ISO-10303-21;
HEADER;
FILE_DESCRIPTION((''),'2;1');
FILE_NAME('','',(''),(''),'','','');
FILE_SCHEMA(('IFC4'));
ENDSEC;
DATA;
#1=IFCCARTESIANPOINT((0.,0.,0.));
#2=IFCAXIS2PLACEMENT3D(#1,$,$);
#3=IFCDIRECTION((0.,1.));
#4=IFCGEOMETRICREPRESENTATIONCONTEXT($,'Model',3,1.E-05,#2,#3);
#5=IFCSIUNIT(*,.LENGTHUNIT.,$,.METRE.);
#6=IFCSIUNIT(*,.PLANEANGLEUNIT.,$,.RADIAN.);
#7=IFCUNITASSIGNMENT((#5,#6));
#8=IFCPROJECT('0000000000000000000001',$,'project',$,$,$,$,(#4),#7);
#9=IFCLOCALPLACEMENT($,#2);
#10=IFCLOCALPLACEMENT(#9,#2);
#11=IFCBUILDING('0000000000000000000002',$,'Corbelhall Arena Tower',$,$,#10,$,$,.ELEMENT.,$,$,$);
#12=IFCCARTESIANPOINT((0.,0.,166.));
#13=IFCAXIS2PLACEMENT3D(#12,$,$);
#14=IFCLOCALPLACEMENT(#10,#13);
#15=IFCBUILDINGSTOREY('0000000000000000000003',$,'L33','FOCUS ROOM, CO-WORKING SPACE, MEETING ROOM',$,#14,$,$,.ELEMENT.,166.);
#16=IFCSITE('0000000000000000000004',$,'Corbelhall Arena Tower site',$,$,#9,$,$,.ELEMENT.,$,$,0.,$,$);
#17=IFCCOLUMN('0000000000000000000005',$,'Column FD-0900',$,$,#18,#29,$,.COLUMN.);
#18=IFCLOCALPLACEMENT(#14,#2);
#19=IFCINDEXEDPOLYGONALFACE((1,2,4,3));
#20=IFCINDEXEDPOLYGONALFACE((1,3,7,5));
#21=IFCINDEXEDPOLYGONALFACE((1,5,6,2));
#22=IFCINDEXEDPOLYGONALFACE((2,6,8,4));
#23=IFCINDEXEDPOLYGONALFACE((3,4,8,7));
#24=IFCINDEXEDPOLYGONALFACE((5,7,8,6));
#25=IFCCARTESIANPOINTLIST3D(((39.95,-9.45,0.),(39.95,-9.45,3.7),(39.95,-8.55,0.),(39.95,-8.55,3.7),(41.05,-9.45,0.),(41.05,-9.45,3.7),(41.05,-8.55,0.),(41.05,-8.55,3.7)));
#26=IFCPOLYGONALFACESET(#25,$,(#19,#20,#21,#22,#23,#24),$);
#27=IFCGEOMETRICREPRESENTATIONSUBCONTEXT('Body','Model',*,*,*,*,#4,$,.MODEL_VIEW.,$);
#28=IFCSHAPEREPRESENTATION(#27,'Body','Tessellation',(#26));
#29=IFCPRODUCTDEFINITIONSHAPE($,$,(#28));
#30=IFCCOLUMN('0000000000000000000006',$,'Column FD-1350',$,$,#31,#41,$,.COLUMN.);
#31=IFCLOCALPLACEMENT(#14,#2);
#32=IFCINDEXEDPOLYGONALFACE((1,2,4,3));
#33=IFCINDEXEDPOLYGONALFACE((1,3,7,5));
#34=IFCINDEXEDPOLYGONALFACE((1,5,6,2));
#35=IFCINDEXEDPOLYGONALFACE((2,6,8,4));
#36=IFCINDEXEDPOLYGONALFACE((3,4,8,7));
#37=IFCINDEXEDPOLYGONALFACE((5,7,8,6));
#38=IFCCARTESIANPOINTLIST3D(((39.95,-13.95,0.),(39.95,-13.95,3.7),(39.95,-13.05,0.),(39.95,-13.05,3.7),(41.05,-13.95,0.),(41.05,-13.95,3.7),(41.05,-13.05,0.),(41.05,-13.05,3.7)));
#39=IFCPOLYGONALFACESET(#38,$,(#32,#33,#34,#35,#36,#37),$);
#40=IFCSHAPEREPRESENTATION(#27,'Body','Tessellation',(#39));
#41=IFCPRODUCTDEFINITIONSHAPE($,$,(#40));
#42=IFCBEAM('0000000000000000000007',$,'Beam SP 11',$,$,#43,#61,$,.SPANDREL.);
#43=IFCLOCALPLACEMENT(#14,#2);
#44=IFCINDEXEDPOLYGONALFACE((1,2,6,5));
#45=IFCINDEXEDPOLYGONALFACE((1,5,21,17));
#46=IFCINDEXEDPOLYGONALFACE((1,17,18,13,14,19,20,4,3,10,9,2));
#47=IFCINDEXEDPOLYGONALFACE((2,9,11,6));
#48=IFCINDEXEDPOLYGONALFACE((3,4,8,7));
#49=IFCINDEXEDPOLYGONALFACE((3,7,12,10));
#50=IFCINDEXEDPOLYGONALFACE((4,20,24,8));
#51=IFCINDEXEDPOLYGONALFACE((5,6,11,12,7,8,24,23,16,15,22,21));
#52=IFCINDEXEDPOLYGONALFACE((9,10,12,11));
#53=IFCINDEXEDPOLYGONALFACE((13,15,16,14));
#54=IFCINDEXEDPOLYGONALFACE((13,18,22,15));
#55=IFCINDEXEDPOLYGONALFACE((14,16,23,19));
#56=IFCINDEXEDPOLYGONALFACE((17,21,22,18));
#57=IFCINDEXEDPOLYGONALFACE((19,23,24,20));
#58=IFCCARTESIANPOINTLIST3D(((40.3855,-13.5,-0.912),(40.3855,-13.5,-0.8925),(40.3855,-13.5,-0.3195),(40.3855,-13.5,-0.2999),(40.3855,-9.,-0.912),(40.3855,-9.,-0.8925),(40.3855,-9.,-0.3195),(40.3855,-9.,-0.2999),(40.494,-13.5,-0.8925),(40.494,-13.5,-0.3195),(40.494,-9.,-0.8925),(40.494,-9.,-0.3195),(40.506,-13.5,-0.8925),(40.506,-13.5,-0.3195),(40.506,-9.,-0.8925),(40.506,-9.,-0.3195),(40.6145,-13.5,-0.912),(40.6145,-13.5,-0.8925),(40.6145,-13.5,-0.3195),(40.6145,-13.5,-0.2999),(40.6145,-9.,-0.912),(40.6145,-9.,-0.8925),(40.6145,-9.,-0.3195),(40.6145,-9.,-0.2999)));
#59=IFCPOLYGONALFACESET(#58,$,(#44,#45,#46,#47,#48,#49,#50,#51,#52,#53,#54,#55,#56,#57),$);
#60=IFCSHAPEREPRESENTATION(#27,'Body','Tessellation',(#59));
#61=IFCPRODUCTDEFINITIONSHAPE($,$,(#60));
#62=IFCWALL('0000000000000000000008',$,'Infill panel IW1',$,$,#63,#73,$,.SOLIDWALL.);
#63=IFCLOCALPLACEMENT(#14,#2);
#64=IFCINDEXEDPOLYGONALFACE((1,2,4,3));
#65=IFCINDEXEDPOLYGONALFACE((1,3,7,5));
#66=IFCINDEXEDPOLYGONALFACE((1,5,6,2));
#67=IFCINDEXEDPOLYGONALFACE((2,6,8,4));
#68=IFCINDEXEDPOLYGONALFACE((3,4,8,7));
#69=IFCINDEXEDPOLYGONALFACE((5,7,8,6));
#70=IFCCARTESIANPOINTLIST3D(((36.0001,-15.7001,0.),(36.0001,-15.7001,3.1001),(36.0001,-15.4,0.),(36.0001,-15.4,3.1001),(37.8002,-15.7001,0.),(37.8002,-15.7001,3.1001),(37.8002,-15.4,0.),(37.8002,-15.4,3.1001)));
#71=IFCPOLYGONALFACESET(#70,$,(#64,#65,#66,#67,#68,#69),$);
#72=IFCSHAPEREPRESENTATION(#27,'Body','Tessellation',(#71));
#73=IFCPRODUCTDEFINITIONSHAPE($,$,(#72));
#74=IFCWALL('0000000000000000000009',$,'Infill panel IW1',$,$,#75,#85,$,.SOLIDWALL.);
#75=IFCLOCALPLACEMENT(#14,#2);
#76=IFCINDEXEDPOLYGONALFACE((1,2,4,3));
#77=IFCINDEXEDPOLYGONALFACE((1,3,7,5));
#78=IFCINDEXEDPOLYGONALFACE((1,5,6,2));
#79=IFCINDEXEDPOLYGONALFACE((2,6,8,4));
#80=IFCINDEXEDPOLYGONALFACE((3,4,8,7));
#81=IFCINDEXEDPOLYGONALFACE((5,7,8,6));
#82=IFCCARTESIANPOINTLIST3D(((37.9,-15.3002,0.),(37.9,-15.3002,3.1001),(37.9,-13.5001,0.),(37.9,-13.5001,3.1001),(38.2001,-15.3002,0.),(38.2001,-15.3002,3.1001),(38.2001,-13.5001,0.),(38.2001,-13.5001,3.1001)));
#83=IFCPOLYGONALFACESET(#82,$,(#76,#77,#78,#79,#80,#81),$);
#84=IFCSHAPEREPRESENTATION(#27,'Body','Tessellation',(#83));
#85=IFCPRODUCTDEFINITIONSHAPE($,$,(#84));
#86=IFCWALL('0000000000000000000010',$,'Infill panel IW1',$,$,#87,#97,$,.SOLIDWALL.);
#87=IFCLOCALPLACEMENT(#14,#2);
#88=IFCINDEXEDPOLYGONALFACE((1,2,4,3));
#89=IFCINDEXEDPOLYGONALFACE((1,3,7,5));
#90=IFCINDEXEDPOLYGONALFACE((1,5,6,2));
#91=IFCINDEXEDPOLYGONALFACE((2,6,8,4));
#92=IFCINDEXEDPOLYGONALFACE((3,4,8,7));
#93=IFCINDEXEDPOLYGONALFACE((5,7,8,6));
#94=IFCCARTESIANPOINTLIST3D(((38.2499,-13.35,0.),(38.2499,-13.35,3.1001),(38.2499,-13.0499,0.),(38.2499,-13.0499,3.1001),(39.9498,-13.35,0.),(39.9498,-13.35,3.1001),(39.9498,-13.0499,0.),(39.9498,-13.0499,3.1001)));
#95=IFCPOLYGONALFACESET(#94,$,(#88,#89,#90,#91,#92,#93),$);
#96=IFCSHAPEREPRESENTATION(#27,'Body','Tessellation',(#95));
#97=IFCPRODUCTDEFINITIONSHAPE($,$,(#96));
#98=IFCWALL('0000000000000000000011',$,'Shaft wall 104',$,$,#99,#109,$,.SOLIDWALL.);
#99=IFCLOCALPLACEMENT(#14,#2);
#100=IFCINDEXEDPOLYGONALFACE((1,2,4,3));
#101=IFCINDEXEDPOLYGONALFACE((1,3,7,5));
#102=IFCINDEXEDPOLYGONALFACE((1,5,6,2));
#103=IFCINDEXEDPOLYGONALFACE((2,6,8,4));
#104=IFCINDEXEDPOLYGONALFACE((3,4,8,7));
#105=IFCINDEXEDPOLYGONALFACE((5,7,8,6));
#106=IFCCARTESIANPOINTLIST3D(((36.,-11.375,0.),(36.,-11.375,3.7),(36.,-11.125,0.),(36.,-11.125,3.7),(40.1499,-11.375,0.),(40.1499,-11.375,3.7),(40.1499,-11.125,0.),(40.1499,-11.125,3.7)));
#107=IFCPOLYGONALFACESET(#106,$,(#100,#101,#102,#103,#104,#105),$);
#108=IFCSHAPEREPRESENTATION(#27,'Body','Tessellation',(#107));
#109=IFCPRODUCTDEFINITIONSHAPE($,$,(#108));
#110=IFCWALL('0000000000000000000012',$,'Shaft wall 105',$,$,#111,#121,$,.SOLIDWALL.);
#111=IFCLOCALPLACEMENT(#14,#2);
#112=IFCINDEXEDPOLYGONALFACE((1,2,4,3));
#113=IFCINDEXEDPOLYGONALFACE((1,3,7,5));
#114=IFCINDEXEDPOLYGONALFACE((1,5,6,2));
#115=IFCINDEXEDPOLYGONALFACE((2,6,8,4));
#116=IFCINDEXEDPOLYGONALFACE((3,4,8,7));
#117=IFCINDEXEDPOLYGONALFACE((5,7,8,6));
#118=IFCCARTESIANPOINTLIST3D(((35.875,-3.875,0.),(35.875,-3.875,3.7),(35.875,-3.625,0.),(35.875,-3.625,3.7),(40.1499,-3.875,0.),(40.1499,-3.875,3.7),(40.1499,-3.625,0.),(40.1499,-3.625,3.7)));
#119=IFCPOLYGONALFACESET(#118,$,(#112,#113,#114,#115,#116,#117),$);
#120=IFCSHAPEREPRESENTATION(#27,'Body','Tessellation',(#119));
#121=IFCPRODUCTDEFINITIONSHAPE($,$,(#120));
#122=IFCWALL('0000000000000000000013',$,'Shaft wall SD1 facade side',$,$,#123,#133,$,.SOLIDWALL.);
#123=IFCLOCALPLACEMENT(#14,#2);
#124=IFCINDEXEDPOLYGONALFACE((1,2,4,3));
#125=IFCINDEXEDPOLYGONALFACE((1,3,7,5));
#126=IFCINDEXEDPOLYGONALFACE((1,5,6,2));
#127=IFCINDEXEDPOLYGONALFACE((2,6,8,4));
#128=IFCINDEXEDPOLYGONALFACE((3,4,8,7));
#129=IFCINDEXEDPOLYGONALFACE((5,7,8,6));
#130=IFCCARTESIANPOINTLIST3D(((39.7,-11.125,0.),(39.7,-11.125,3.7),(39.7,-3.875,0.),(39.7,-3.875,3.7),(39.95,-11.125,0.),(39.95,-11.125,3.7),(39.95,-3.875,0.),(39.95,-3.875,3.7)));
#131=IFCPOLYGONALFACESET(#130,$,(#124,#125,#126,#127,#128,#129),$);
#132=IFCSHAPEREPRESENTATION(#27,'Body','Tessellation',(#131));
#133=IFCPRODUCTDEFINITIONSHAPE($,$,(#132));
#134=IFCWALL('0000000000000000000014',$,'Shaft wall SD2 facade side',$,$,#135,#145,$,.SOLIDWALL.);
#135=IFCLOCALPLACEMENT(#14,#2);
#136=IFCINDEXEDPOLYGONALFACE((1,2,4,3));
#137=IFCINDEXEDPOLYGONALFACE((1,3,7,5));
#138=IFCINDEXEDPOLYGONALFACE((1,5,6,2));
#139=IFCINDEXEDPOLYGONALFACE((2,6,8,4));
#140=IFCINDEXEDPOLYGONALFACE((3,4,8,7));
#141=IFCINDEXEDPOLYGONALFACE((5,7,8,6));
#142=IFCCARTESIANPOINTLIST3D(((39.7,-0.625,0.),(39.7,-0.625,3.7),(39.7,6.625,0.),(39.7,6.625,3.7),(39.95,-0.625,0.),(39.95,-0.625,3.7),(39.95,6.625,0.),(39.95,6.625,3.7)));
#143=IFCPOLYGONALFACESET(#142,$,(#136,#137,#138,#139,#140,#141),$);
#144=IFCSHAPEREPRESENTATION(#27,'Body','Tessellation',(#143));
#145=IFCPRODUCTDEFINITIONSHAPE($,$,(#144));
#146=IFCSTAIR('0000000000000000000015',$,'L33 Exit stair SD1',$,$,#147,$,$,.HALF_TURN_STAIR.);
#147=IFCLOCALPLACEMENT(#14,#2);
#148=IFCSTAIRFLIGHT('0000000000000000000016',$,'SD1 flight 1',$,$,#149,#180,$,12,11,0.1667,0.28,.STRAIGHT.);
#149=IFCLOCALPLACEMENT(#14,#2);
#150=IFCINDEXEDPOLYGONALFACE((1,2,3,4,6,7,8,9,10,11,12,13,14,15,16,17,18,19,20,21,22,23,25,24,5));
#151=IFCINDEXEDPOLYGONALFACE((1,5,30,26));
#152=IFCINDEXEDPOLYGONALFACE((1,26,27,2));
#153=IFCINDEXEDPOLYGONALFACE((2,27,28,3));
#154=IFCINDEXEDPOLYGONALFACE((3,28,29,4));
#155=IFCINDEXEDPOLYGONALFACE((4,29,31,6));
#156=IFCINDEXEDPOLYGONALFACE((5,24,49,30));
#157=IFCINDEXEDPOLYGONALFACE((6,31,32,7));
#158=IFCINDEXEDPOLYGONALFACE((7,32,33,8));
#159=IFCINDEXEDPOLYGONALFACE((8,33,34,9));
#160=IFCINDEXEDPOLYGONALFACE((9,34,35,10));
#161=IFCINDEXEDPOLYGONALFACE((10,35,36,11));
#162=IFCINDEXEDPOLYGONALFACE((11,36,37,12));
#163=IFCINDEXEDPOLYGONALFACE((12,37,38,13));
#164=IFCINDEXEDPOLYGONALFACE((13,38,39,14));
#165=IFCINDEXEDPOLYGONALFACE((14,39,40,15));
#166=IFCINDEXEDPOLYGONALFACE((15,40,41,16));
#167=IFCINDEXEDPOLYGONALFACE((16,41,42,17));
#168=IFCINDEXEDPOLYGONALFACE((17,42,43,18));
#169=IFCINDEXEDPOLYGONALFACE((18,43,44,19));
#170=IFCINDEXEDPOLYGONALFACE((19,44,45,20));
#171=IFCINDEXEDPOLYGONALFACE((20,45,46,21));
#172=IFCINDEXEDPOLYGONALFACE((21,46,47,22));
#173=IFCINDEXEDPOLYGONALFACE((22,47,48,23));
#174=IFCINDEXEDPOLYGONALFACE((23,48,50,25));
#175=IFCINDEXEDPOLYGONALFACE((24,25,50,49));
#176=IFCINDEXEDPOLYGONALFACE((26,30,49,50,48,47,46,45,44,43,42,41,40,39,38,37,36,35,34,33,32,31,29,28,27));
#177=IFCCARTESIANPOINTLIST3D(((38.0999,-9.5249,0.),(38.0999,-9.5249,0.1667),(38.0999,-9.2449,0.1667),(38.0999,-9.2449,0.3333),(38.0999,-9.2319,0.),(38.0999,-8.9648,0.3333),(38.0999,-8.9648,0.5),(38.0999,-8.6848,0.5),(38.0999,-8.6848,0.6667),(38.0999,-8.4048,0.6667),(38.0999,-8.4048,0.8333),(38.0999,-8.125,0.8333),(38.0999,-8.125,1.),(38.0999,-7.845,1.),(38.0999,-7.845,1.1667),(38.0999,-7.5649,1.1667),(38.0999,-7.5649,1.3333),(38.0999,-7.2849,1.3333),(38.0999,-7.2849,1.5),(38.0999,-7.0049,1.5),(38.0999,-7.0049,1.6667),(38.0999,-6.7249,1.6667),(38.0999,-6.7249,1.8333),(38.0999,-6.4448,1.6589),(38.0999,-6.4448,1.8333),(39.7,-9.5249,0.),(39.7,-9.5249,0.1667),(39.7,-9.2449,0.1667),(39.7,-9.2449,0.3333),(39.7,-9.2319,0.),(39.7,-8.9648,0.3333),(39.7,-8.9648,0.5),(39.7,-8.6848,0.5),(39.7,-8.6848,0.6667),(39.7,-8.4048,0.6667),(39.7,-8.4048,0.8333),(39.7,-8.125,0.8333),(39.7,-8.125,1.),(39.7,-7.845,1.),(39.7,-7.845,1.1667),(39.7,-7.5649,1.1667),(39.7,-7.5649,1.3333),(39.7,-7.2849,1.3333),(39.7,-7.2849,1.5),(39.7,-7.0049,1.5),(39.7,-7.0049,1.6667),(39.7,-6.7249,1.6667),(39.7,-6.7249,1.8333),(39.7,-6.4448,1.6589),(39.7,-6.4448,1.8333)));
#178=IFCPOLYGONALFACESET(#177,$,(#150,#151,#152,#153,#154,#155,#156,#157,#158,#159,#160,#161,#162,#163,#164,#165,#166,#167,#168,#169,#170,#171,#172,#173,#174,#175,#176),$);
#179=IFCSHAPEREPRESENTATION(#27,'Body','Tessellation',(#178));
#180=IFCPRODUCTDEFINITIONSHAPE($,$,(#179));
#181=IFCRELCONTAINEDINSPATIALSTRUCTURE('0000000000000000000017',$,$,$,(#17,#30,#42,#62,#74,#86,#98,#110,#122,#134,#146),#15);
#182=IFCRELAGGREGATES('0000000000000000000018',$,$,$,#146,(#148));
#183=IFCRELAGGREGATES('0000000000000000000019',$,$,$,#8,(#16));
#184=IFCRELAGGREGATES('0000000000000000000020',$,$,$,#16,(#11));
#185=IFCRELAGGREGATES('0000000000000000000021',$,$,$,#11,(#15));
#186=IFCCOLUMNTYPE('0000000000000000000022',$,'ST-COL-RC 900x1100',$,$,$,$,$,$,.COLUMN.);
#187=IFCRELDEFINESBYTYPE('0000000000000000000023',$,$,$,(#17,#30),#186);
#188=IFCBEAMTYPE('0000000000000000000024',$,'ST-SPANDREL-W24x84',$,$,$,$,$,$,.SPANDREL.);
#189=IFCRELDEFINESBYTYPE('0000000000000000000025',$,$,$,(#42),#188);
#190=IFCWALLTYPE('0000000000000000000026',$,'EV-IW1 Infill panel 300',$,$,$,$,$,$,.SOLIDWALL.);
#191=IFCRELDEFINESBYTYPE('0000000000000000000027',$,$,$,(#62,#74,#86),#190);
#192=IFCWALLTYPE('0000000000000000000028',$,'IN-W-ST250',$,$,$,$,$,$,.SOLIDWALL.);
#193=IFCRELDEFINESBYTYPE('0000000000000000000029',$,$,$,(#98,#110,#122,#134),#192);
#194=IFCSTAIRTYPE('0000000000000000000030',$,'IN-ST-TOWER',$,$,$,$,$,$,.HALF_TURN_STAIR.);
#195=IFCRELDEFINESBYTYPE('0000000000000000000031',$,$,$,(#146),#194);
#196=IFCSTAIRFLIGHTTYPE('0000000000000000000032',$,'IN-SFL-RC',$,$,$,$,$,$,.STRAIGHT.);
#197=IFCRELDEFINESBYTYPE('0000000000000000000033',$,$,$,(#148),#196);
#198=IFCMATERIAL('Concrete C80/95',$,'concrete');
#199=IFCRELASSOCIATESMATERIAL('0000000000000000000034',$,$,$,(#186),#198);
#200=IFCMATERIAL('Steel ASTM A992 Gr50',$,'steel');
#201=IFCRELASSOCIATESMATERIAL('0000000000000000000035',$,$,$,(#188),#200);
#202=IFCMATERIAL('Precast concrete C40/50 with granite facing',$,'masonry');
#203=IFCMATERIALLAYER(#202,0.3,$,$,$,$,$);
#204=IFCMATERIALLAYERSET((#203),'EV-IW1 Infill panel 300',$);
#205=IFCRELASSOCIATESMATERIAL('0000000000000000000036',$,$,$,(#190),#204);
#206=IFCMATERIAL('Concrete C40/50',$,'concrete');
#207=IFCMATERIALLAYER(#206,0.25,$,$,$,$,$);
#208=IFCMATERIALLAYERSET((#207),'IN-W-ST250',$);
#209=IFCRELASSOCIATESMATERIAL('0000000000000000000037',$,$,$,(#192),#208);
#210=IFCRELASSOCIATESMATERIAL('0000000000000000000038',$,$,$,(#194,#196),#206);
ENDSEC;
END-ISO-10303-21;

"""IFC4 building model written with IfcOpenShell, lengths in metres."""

from ifc_helpers import new_model, si_unit, direction, frame, frame_2d, origin, origin_2d, place, context, subcontext, project, spatial, polyline, rectangle, i_section, outline, extrude, material, layer, layer_set, material_profile, profile_set, type_object, element, aggregate, save


model = new_model("IFC4")

# Units and contexts
model_context = context("Model", 3, precision=1e-05, world=origin(), true_north=direction((0.0, 1.0)))
body_context = subcontext(model_context, "Body", "Model", "MODEL_VIEW")
ifc_project = project(units=[si_unit("LENGTHUNIT", "METRE"), si_unit("PLANEANGLEUNIT", "RADIAN")], contexts=[model_context])

# Site, building, storey
site_placement = place(None, origin())
site = spatial("IfcSite", under=ifc_project, at=site_placement, Name="Corbelhall Arena Tower site", CompositionType="ELEMENT", RefElevation=0.0)
building_placement = place(site_placement, origin())
building = spatial("IfcBuilding", under=site, at=building_placement, Name="Corbelhall Arena Tower", CompositionType="ELEMENT")
storey_placement = place(building_placement, frame((0.0, 0.0, 166.0)))
storey = spatial("IfcBuildingStorey", under=building, at=storey_placement, Name="L33", Description="FOCUS ROOM, CO-WORKING SPACE, MEETING ROOM", CompositionType="ELEMENT", Elevation=166.0)

# Columns
ifc_material_1 = material(Name="Concrete C80/95", Category="concrete")
ifc_material_profile_1 = material_profile(ifc_material_1, rectangle(XDim=0.8999, YDim=1.1001, at=origin_2d()))
ifc_profile_set_1 = profile_set([ifc_material_profile_1], Name="Concrete C80/95")
column_type = type_object("IfcColumnType", Name="ST-COL-RC 900x1100", PredefinedType="COLUMN", material=ifc_profile_set_1)
for number, where, z_axis, x_axis, name in (
    (1, (40.5, -9.0, 0.0), (0.0, 0.0, 1.0), (0.0, 1.0, 0.0), "Column FD-0900"),
    (2, (40.5, -13.5, 0.0), (0.0, 0.0, 1.0), (0.0, 1.0, 0.0), "Column FD-1350"),
):
    element("IfcColumn", number, at=place(storey_placement, frame(where, z_axis=z_axis, x_axis=x_axis)), inside=storey, type_object=column_type, Name=name, PredefinedType="COLUMN", context=body_context, shape_type="SweptSolid", body=[
        extrude(rectangle(XDim=0.8999, YDim=1.1001, at=origin_2d()), origin(), (0.0, 0.0, 1.0), 3.7),
    ])

# Beam
ifc_material_2 = material(Name="Steel ASTM A992 Gr50", Category="steel")
ifc_material_profile_2 = material_profile(ifc_material_2, i_section(OverallWidth=0.229, OverallDepth=0.6121, WebThickness=0.012, FlangeThickness=0.0195, at=origin_2d()))
ifc_profile_set_2 = profile_set([ifc_material_profile_2], Name="Steel ASTM A992 Gr50")
beam_type = type_object("IfcBeamType", Name="ST-SPANDREL-W24x84", PredefinedType="SPANDREL", material=ifc_profile_set_2)
beam_placement = place(storey_placement, frame((40.5, -9.0, -0.606), z_axis=(0.0, -1.0, 0.0), x_axis=(1.0, 0.0, 0.0)))
element("IfcBeam", 3, at=beam_placement, inside=storey, type_object=beam_type, Name="Beam SP 11", PredefinedType="SPANDREL", context=body_context, shape_type="SweptSolid", body=[
    extrude(i_section(OverallWidth=0.229, OverallDepth=0.6121, WebThickness=0.012, FlangeThickness=0.0195, at=origin_2d()), origin(), (0.0, 0.0, 1.0), 4.5),
])

# Walls
ifc_material_3 = material(Name="Precast concrete C40/50 with granite facing", Category="masonry")
ifc_layer_1 = layer(ifc_material_3, 0.3)
ifc_layer_set_1 = layer_set([ifc_layer_1], Name="EV-IW1 Infill panel 300")
wall_type_1 = type_object("IfcWallType", Name="EV-IW1 Infill panel 300", PredefinedType="SOLIDWALL", material=ifc_layer_set_1)
for number, where, z_axis, x_axis, name in (
    (4, (37.8, -15.55, 0.0), (0.0, 0.0, 1.0), (-1.0, 0.0, 0.0), "Infill panel IW1"),
    (5, (38.05, -15.3, 0.0), (0.0, 0.0, 1.0), (0.0, 1.0, 0.0), "Infill panel IW1"),
):
    element("IfcWall", number, at=place(storey_placement, frame(where, z_axis=z_axis, x_axis=x_axis)), inside=storey, type_object=wall_type_1, Name=name, PredefinedType="SOLIDWALL", context=body_context, shape_type="SweptSolid", body=[
        extrude(rectangle(XDim=1.8, YDim=0.3, at=frame_2d((0.8999, 0.0))), origin(), (0.0, 0.0, 1.0), 3.1001),
    ])
wall_1_placement = place(storey_placement, frame((39.95, -13.2, 0.0), z_axis=(0.0, 0.0, 1.0), x_axis=(-1.0, 0.0, 0.0)))
element("IfcWall", 6, at=wall_1_placement, inside=storey, type_object=wall_type_1, Name="Infill panel IW1", PredefinedType="SOLIDWALL", context=body_context, shape_type="SweptSolid", body=[
    extrude(rectangle(XDim=1.7, YDim=0.3, at=frame_2d((0.8501, 0.0))), origin(), (0.0, 0.0, 1.0), 3.1001),
])

# Walls
ifc_material_4 = material(Name="Concrete C40/50", Category="concrete")
ifc_layer_2 = layer(ifc_material_4, 0.25)
ifc_layer_set_2 = layer_set([ifc_layer_2], Name="IN-W-ST250")
wall_type_2 = type_object("IfcWallType", Name="IN-W-ST250", PredefinedType="SOLIDWALL", material=ifc_layer_set_2)
wall_2_placement = place(storey_placement, frame((40.1499, -11.25, 0.0), z_axis=(0.0, 0.0, 1.0), x_axis=(-1.0, 0.0, 0.0)))
element("IfcWall", 7, at=wall_2_placement, inside=storey, type_object=wall_type_2, Name="Shaft wall 104", PredefinedType="SOLIDWALL", context=body_context, shape_type="SweptSolid", body=[
    extrude(rectangle(XDim=4.1499, YDim=0.25, at=frame_2d((2.075, 0.0))), origin(), (0.0, 0.0, 1.0), 3.7),
])
wall_3_placement = place(storey_placement, frame((40.1499, -3.75, 0.0), z_axis=(0.0, 0.0, 1.0), x_axis=(-1.0, 0.0, 0.0)))
element("IfcWall", 8, at=wall_3_placement, inside=storey, type_object=wall_type_2, Name="Shaft wall 105", PredefinedType="SOLIDWALL", context=body_context, shape_type="SweptSolid", body=[
    extrude(rectangle(XDim=4.2749, YDim=0.25, at=frame_2d((2.1375, 0.0))), origin(), (0.0, 0.0, 1.0), 3.7),
])
for number, where, z_axis, x_axis, name in (
    (9, (39.825, -11.125, 0.0), (0.0, 0.0, 1.0), (0.0, 1.0, 0.0), "Shaft wall SD1 facade side"),
    (10, (39.825, -0.625, 0.0), (0.0, 0.0, 1.0), (0.0, 1.0, 0.0), "Shaft wall SD2 facade side"),
):
    element("IfcWall", number, at=place(storey_placement, frame(where, z_axis=z_axis, x_axis=x_axis)), inside=storey, type_object=wall_type_2, Name=name, PredefinedType="SOLIDWALL", context=body_context, shape_type="SweptSolid", body=[
        extrude(rectangle(XDim=7.25, YDim=0.25, at=frame_2d((3.625, 0.0))), origin(), (0.0, 0.0, 1.0), 3.7),
    ])

# Stair, stair flight
stair_type = type_object("IfcStairType", Name="IN-ST-TOWER", PredefinedType="HALF_TURN_STAIR", material=ifc_material_4)
stair_placement = place(storey_placement, origin())
stair = element("IfcStair", 11, at=stair_placement, inside=storey, type_object=stair_type, Name="L33 Exit stair SD1", PredefinedType="HALF_TURN_STAIR")
stair_flight_type = type_object("IfcStairFlightType", Name="IN-SFL-RC", PredefinedType="STRAIGHT", material=ifc_material_4)
stair_flight_placement = place(storey_placement, frame((38.8999, -9.5249, 0.0), z_axis=(0.0, 0.0, 1.0), x_axis=(0.0, 1.0, 0.0)))
stair_flight = element("IfcStairFlight", 12, at=stair_flight_placement, type_object=stair_flight_type, Name="SD1 flight 1", NumberOfRisers=12, NumberOfTreads=11, PredefinedType="STRAIGHT", RiserHeight=0.1667, TreadLength=0.28, context=body_context, shape_type="SweptSolid", body=[
    extrude(outline(polyline([(0.0, 0.0), (0.0, 0.1667), (0.28, 0.1667), (0.28, 0.3333), (0.5601, 0.3333), (0.5601, 0.5), (0.8401, 0.5), (0.8401, 0.6667), (1.1201, 0.6667), (1.1201, 0.8333), (1.3999, 0.8333), (1.3999, 1.0), (1.6799, 1.0), (1.6799, 1.1667), (1.96, 1.1667), (1.96, 1.3333), (2.24, 1.3333), (2.24, 1.5), (2.52, 1.5), (2.52, 1.6667), (2.8, 1.6667), (2.8, 1.8333), (3.0801, 1.8333), (3.0801, 2.0), (3.0801, 1.6589), (0.293, 0.0), (0.0, 0.0)])), frame((0.0, 0.8, 0.0), z_axis=(0.0, -1.0, 0.0), x_axis=(1.0, 0.0, 0.0)), (0.0, 0.0, 1.0), 1.6001),
])
aggregate(stair, [stair_flight])

save(model, "model.ifc")
